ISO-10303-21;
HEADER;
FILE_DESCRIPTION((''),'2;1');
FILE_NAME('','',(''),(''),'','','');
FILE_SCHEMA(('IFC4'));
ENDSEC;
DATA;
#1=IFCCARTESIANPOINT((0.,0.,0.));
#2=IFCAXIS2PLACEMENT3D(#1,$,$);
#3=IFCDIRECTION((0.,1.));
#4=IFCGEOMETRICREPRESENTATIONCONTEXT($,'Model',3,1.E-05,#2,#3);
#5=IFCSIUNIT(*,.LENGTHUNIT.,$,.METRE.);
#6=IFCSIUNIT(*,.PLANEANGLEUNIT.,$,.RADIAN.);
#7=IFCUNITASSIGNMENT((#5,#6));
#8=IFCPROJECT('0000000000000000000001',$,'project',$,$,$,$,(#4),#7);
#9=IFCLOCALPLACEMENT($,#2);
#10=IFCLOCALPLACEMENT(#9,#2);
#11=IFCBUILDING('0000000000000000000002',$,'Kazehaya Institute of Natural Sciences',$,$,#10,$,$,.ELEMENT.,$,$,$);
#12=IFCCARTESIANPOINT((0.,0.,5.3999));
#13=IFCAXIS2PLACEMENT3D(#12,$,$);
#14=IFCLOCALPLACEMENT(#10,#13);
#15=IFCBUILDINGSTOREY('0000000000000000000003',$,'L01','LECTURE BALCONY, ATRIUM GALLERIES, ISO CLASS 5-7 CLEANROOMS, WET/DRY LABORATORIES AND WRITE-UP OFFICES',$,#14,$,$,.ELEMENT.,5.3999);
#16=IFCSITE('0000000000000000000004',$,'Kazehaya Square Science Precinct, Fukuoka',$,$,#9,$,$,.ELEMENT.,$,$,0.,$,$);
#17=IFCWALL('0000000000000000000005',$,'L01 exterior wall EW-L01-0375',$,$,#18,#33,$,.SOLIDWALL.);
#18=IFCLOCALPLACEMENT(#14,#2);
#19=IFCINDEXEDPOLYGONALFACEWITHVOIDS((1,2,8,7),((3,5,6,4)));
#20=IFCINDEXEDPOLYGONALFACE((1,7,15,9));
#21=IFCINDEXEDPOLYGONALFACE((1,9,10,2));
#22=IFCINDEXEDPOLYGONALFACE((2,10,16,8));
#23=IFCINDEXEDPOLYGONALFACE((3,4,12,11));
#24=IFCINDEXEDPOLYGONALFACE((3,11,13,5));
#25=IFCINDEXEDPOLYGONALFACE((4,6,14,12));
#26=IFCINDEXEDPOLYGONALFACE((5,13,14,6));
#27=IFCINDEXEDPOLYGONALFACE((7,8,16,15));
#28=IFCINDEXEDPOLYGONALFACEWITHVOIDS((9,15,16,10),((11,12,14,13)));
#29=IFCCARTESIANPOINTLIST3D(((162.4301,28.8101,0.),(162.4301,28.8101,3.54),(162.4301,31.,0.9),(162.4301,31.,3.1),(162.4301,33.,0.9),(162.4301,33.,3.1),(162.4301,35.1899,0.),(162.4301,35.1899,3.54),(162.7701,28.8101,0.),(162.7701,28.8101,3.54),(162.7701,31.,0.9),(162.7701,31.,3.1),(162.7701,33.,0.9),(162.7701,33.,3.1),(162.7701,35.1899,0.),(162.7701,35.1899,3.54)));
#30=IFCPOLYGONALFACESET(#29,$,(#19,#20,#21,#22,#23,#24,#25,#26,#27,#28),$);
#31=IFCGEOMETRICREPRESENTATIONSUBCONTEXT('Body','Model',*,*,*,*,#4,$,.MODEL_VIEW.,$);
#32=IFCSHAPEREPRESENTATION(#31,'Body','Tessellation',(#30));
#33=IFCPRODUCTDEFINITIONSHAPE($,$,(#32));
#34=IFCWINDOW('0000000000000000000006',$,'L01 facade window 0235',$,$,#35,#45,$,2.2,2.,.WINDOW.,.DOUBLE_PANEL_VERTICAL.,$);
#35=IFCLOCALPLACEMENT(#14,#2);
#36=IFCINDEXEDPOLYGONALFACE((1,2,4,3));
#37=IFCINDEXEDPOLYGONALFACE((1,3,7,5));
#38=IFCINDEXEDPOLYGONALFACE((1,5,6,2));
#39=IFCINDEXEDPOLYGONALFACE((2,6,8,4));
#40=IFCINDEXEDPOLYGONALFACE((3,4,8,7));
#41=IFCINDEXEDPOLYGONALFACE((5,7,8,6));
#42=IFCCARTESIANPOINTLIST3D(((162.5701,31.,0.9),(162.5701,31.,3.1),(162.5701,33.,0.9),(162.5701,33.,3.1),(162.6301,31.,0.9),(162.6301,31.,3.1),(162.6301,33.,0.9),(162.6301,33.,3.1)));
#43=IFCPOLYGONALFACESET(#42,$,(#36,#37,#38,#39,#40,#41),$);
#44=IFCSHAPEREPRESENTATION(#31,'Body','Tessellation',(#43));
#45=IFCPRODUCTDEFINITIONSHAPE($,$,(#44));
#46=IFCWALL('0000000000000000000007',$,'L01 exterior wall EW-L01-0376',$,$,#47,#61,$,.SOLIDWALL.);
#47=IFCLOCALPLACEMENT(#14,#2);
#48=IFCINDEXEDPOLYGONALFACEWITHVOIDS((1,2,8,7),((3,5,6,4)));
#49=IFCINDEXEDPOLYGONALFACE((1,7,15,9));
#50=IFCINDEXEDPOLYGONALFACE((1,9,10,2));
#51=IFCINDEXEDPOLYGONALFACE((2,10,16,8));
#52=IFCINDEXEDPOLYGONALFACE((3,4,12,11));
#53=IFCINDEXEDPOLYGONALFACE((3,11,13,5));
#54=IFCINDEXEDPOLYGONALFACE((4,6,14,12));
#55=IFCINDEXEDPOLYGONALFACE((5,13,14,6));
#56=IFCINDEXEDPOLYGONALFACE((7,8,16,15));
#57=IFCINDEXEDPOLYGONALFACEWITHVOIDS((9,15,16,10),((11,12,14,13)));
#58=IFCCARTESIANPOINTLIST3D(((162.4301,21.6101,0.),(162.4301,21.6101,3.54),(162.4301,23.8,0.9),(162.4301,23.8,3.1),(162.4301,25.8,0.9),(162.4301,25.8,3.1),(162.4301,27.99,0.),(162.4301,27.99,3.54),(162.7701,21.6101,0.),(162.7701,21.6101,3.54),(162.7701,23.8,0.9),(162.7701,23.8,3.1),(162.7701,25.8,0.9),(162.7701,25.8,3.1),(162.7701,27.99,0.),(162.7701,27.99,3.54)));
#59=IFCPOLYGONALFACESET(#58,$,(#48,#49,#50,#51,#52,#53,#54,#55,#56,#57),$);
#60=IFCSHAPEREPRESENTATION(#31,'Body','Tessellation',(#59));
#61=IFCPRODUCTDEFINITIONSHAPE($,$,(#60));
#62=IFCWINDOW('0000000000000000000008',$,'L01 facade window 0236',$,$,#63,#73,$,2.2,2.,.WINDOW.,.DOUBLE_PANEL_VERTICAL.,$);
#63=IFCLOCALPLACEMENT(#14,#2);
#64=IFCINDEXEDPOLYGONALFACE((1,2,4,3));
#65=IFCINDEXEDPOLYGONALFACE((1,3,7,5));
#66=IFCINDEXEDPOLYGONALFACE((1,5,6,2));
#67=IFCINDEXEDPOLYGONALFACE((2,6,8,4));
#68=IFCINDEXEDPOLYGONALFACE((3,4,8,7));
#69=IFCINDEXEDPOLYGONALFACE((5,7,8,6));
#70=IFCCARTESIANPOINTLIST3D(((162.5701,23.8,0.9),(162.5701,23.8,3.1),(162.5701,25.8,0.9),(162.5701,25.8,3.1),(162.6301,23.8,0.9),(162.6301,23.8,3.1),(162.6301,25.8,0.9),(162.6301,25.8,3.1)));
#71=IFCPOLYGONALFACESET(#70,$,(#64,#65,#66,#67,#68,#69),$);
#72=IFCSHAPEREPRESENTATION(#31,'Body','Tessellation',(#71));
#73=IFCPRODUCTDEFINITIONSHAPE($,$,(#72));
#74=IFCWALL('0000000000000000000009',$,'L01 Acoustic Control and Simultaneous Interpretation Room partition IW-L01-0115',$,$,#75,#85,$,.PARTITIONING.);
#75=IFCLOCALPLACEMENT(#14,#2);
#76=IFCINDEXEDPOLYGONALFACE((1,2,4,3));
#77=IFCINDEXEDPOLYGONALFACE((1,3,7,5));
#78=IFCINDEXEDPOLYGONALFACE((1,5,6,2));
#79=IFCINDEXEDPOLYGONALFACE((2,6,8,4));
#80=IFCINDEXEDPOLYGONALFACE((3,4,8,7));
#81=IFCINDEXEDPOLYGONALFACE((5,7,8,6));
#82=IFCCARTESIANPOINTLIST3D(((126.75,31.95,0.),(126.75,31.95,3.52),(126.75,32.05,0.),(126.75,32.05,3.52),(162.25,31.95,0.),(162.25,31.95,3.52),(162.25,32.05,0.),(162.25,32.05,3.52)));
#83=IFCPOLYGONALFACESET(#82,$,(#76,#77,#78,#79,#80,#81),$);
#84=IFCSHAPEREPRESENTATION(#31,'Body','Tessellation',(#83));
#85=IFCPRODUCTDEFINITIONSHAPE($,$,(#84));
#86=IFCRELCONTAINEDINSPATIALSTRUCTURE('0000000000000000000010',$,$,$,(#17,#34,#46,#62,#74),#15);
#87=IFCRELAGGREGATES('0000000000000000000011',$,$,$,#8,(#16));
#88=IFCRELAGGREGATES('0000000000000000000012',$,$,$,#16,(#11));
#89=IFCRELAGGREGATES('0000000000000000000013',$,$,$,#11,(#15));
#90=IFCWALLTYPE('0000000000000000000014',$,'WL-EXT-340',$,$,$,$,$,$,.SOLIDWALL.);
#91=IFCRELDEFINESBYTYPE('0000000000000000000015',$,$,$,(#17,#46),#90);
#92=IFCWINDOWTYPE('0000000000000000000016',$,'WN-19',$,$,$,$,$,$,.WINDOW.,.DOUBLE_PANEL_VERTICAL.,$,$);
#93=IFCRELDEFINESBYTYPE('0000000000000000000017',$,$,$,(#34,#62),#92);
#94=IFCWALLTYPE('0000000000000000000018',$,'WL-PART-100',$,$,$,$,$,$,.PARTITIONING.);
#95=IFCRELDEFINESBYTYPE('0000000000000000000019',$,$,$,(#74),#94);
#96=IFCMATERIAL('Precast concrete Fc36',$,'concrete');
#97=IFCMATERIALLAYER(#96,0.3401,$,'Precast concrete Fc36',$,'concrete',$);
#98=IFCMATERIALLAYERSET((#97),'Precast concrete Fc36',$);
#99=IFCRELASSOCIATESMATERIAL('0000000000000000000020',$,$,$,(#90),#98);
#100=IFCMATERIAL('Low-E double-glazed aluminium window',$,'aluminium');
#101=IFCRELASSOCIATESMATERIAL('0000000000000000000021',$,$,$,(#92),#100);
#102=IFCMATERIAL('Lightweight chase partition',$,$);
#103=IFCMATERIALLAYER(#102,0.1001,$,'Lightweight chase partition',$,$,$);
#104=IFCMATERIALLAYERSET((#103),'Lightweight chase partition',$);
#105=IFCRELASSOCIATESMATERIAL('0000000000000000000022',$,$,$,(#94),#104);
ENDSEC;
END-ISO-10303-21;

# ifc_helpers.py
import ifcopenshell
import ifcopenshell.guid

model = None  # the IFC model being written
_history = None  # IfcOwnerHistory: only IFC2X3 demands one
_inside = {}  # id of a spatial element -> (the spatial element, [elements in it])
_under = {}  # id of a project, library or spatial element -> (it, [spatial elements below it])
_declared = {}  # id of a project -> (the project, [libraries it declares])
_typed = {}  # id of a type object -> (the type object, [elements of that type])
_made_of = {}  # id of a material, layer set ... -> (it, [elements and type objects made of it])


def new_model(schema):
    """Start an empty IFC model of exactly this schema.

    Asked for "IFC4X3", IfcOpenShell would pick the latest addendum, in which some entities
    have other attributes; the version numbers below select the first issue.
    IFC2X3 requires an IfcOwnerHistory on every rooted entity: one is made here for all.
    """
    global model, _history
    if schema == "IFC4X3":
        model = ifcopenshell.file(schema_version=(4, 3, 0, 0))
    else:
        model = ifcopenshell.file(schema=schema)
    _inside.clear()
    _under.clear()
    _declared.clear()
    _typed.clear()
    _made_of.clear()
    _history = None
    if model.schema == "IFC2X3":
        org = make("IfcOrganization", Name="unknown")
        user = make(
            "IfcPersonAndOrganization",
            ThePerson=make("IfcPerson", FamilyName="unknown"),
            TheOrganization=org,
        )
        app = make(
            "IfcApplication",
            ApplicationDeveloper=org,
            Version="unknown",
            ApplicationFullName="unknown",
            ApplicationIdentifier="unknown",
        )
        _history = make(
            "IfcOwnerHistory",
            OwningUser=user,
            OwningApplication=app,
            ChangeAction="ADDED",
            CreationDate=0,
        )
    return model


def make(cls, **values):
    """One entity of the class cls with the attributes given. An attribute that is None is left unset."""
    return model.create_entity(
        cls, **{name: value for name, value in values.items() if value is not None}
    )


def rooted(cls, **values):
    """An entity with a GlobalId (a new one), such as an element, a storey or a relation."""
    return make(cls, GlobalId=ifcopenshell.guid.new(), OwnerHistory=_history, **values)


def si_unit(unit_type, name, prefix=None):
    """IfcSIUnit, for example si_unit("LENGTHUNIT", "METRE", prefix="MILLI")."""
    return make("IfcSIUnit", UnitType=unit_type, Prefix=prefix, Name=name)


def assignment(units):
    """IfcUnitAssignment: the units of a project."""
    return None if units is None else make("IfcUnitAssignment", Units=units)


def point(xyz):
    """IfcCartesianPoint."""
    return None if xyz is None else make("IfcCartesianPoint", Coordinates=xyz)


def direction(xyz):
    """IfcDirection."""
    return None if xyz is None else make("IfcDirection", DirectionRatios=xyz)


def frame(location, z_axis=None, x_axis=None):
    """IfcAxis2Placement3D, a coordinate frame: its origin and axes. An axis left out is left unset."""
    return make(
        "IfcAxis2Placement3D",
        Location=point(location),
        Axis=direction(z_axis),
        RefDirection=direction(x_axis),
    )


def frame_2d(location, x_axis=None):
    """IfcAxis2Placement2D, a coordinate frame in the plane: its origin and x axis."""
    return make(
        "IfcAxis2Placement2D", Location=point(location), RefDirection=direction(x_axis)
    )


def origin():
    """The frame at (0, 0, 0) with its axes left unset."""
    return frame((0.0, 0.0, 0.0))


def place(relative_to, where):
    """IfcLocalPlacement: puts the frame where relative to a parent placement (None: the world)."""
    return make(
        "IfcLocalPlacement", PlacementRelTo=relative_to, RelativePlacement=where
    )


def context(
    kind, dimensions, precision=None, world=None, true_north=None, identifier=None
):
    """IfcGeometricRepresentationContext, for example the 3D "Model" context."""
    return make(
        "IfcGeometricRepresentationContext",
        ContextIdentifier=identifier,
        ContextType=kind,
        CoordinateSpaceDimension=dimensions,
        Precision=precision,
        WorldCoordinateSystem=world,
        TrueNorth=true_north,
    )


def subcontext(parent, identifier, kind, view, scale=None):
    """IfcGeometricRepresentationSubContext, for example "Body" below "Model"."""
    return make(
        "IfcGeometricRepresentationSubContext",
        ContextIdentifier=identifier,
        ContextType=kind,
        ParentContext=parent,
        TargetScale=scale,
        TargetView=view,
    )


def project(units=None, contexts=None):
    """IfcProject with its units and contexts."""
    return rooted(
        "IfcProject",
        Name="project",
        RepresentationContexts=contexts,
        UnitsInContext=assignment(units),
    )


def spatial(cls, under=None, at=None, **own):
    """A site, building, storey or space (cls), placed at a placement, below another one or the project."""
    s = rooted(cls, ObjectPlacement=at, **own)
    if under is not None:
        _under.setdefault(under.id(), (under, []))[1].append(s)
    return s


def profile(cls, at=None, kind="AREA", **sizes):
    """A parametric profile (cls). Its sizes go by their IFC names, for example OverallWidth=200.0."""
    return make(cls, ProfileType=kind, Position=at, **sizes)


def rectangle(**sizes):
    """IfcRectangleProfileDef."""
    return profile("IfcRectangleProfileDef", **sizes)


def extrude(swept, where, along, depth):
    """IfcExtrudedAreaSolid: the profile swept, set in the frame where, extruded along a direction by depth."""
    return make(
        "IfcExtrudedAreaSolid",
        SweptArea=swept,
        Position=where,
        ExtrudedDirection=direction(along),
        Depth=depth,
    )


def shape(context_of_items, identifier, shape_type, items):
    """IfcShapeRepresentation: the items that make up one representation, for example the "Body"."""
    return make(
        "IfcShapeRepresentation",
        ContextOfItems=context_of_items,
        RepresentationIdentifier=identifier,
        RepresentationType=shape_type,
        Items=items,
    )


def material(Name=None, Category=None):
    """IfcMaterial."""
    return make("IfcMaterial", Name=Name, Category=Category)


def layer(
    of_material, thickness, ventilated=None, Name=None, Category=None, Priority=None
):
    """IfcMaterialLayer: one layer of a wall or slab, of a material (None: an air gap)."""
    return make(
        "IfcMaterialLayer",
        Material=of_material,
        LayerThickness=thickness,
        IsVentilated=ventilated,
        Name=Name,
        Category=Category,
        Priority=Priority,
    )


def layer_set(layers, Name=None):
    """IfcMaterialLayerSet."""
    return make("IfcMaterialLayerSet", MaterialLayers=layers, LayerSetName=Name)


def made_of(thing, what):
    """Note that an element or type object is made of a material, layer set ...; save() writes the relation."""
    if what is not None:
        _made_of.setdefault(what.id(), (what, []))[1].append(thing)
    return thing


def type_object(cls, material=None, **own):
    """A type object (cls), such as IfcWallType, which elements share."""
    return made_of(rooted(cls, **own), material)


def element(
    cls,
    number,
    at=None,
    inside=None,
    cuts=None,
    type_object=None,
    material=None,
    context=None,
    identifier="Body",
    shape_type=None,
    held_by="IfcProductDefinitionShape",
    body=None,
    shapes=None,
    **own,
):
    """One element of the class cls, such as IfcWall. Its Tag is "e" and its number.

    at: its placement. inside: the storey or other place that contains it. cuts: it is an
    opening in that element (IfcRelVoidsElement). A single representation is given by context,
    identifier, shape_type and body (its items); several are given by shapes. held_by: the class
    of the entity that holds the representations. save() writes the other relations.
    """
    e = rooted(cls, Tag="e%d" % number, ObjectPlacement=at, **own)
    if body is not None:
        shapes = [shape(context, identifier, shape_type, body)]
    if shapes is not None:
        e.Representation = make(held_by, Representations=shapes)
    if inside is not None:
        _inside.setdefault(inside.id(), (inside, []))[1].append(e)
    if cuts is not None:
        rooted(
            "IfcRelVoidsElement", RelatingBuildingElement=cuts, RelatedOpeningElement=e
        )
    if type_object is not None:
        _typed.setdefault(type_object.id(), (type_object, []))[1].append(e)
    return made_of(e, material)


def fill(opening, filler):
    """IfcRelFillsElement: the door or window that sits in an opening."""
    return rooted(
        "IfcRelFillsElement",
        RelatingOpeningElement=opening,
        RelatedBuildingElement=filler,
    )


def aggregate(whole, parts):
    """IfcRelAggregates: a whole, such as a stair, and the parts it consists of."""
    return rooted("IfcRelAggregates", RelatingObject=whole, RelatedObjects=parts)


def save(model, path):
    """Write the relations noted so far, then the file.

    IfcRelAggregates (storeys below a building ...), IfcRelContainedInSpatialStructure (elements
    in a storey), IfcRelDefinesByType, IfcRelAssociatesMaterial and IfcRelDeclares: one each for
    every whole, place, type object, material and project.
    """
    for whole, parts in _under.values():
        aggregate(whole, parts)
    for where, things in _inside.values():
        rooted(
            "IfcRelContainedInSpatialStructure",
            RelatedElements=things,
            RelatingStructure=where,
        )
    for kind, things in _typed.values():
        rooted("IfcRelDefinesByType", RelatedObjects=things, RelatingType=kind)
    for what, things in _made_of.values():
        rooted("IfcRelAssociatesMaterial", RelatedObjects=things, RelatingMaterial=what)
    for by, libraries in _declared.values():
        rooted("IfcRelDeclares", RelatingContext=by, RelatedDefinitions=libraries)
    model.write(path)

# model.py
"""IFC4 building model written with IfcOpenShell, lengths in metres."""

from ifc_helpers import new_model, si_unit, direction, frame, frame_2d, origin, place, context, subcontext, project, spatial, rectangle, extrude, material, layer, layer_set, type_object, element, fill, save


model = new_model("IFC4")

# Units and contexts
model_context = context("Model", 3, precision=1e-05, world=origin(), true_north=direction((0.0, 1.0)))
body_context = subcontext(model_context, "Body", "Model", "MODEL_VIEW")
ifc_project = project(units=[si_unit("LENGTHUNIT", "METRE"), si_unit("PLANEANGLEUNIT", "RADIAN")], contexts=[model_context])

# Site, building, storey
site_placement = place(None, origin())
site = spatial("IfcSite", under=ifc_project, at=site_placement, Name="Kazehaya Square Science Precinct, Fukuoka", CompositionType="ELEMENT", RefElevation=0.0)
building_placement = place(site_placement, origin())
building = spatial("IfcBuilding", under=site, at=building_placement, Name="Kazehaya Institute of Natural Sciences", CompositionType="ELEMENT")
storey_placement = place(building_placement, frame((0.0, 0.0, 5.3999)))
storey = spatial("IfcBuildingStorey", under=building, at=storey_placement, Name="L01", Description="LECTURE BALCONY, ATRIUM GALLERIES, ISO CLASS 5-7 CLEANROOMS, WET/DRY LABORATORIES AND WRITE-UP OFFICES", CompositionType="ELEMENT", Elevation=5.3999)

# Walls, openings, windows
ifc_material_1 = material(Name="Precast concrete Fc36", Category="concrete")
ifc_layer_1 = layer(ifc_material_1, 0.3401, Name="Precast concrete Fc36", Category="concrete")
ifc_layer_set_1 = layer_set([ifc_layer_1], Name="Precast concrete Fc36")
wall_type_1 = type_object("IfcWallType", Name="WL-EXT-340", PredefinedType="SOLIDWALL", material=ifc_layer_set_1)
ifc_material_2 = material(Name="Low-E double-glazed aluminium window", Category="aluminium")
window_type = type_object("IfcWindowType", Name="WN-19", PartitioningType="DOUBLE_PANEL_VERTICAL", PredefinedType="WINDOW", material=ifc_material_2)
wall_1_placement = place(storey_placement, frame((162.6001, 35.1899, 0.0), z_axis=(0.0, 0.0, 1.0), x_axis=(0.0, -1.0, 0.0)))
wall_1 = element("IfcWall", 1, at=wall_1_placement, inside=storey, type_object=wall_type_1, Name="L01 exterior wall EW-L01-0375", PredefinedType="SOLIDWALL", context=body_context, shape_type="SweptSolid", body=[
    extrude(rectangle(XDim=6.3799, YDim=0.3401, at=frame_2d((3.1899, 0.0))), origin(), (0.0, 0.0, 1.0), 3.54),
])
opening_1_placement = place(wall_1_placement, frame((2.1899, 0.0, 0.8999)))
opening_1 = element("IfcOpeningElement", 2, at=opening_1_placement, cuts=wall_1, PredefinedType="OPENING", context=body_context, shape_type="SweptSolid", body=[
    extrude(rectangle(XDim=2.0, YDim=2.2, at=frame_2d((1.0, 1.1001))), frame((0.0, 0.1799, 0.0), z_axis=(0.0, -1.0, 0.0), x_axis=(1.0, 0.0, 0.0)), (0.0, 0.0, 1.0), 0.3601),
])
window_1_placement = place(opening_1_placement, origin())
window_1 = element("IfcWindow", 3, at=window_1_placement, inside=storey, type_object=window_type, Name="L01 facade window 0235", OverallHeight=2.2, OverallWidth=2.0, PartitioningType="DOUBLE_PANEL_VERTICAL", PredefinedType="WINDOW", context=body_context, shape_type="SweptSolid", body=[
    extrude(rectangle(XDim=2.0, YDim=2.2, at=frame_2d((1.0, 1.1001))), frame((0.0, 0.03, 0.0), z_axis=(0.0, -1.0, 0.0), x_axis=(1.0, 0.0, 0.0)), (0.0, 0.0, 1.0), 0.0601),
])
fill(opening_1, window_1)
wall_2_placement = place(storey_placement, frame((162.6001, 27.99, 0.0), z_axis=(0.0, 0.0, 1.0), x_axis=(0.0, -1.0, 0.0)))
wall_2 = element("IfcWall", 4, at=wall_2_placement, inside=storey, type_object=wall_type_1, Name="L01 exterior wall EW-L01-0376", PredefinedType="SOLIDWALL", context=body_context, shape_type="SweptSolid", body=[
    extrude(rectangle(XDim=6.3799, YDim=0.3401, at=frame_2d((3.1899, 0.0))), origin(), (0.0, 0.0, 1.0), 3.54),
])
opening_2_placement = place(wall_2_placement, frame((2.1899, 0.0, 0.8999)))
opening_2 = element("IfcOpeningElement", 5, at=opening_2_placement, cuts=wall_2, PredefinedType="OPENING", context=body_context, shape_type="SweptSolid", body=[
    extrude(rectangle(XDim=2.0, YDim=2.2, at=frame_2d((1.0, 1.1001))), frame((0.0, 0.1799, 0.0), z_axis=(0.0, -1.0, 0.0), x_axis=(1.0, 0.0, 0.0)), (0.0, 0.0, 1.0), 0.3601),
])
window_2_placement = place(opening_2_placement, origin())
window_2 = element("IfcWindow", 6, at=window_2_placement, inside=storey, type_object=window_type, Name="L01 facade window 0236", OverallHeight=2.2, OverallWidth=2.0, PartitioningType="DOUBLE_PANEL_VERTICAL", PredefinedType="WINDOW", context=body_context, shape_type="SweptSolid", body=[
    extrude(rectangle(XDim=2.0, YDim=2.2, at=frame_2d((1.0, 1.1001))), frame((0.0, 0.03, 0.0), z_axis=(0.0, -1.0, 0.0), x_axis=(1.0, 0.0, 0.0)), (0.0, 0.0, 1.0), 0.0601),
])
fill(opening_2, window_2)

# Wall
ifc_material_3 = material(Name="Lightweight chase partition")
ifc_layer_2 = layer(ifc_material_3, 0.1001, Name="Lightweight chase partition")
ifc_layer_set_2 = layer_set([ifc_layer_2], Name="Lightweight chase partition")
wall_type_2 = type_object("IfcWallType", Name="WL-PART-100", PredefinedType="PARTITIONING", material=ifc_layer_set_2)
wall_3_placement = place(storey_placement, frame((162.25, 32.0, 0.0), z_axis=(0.0, 0.0, 1.0), x_axis=(-1.0, 0.0, 0.0)))
element("IfcWall", 7, at=wall_3_placement, inside=storey, type_object=wall_type_2, Name="L01 Acoustic Control and Simultaneous Interpretation Room partition IW-L01-0115", PredefinedType="PARTITIONING", context=body_context, shape_type="SweptSolid", body=[
    extrude(rectangle(XDim=35.5, YDim=0.1001, at=frame_2d((17.75, 0.0))), origin(), (0.0, 0.0, 1.0), 3.52),
])

save(model, "model.ifc")
